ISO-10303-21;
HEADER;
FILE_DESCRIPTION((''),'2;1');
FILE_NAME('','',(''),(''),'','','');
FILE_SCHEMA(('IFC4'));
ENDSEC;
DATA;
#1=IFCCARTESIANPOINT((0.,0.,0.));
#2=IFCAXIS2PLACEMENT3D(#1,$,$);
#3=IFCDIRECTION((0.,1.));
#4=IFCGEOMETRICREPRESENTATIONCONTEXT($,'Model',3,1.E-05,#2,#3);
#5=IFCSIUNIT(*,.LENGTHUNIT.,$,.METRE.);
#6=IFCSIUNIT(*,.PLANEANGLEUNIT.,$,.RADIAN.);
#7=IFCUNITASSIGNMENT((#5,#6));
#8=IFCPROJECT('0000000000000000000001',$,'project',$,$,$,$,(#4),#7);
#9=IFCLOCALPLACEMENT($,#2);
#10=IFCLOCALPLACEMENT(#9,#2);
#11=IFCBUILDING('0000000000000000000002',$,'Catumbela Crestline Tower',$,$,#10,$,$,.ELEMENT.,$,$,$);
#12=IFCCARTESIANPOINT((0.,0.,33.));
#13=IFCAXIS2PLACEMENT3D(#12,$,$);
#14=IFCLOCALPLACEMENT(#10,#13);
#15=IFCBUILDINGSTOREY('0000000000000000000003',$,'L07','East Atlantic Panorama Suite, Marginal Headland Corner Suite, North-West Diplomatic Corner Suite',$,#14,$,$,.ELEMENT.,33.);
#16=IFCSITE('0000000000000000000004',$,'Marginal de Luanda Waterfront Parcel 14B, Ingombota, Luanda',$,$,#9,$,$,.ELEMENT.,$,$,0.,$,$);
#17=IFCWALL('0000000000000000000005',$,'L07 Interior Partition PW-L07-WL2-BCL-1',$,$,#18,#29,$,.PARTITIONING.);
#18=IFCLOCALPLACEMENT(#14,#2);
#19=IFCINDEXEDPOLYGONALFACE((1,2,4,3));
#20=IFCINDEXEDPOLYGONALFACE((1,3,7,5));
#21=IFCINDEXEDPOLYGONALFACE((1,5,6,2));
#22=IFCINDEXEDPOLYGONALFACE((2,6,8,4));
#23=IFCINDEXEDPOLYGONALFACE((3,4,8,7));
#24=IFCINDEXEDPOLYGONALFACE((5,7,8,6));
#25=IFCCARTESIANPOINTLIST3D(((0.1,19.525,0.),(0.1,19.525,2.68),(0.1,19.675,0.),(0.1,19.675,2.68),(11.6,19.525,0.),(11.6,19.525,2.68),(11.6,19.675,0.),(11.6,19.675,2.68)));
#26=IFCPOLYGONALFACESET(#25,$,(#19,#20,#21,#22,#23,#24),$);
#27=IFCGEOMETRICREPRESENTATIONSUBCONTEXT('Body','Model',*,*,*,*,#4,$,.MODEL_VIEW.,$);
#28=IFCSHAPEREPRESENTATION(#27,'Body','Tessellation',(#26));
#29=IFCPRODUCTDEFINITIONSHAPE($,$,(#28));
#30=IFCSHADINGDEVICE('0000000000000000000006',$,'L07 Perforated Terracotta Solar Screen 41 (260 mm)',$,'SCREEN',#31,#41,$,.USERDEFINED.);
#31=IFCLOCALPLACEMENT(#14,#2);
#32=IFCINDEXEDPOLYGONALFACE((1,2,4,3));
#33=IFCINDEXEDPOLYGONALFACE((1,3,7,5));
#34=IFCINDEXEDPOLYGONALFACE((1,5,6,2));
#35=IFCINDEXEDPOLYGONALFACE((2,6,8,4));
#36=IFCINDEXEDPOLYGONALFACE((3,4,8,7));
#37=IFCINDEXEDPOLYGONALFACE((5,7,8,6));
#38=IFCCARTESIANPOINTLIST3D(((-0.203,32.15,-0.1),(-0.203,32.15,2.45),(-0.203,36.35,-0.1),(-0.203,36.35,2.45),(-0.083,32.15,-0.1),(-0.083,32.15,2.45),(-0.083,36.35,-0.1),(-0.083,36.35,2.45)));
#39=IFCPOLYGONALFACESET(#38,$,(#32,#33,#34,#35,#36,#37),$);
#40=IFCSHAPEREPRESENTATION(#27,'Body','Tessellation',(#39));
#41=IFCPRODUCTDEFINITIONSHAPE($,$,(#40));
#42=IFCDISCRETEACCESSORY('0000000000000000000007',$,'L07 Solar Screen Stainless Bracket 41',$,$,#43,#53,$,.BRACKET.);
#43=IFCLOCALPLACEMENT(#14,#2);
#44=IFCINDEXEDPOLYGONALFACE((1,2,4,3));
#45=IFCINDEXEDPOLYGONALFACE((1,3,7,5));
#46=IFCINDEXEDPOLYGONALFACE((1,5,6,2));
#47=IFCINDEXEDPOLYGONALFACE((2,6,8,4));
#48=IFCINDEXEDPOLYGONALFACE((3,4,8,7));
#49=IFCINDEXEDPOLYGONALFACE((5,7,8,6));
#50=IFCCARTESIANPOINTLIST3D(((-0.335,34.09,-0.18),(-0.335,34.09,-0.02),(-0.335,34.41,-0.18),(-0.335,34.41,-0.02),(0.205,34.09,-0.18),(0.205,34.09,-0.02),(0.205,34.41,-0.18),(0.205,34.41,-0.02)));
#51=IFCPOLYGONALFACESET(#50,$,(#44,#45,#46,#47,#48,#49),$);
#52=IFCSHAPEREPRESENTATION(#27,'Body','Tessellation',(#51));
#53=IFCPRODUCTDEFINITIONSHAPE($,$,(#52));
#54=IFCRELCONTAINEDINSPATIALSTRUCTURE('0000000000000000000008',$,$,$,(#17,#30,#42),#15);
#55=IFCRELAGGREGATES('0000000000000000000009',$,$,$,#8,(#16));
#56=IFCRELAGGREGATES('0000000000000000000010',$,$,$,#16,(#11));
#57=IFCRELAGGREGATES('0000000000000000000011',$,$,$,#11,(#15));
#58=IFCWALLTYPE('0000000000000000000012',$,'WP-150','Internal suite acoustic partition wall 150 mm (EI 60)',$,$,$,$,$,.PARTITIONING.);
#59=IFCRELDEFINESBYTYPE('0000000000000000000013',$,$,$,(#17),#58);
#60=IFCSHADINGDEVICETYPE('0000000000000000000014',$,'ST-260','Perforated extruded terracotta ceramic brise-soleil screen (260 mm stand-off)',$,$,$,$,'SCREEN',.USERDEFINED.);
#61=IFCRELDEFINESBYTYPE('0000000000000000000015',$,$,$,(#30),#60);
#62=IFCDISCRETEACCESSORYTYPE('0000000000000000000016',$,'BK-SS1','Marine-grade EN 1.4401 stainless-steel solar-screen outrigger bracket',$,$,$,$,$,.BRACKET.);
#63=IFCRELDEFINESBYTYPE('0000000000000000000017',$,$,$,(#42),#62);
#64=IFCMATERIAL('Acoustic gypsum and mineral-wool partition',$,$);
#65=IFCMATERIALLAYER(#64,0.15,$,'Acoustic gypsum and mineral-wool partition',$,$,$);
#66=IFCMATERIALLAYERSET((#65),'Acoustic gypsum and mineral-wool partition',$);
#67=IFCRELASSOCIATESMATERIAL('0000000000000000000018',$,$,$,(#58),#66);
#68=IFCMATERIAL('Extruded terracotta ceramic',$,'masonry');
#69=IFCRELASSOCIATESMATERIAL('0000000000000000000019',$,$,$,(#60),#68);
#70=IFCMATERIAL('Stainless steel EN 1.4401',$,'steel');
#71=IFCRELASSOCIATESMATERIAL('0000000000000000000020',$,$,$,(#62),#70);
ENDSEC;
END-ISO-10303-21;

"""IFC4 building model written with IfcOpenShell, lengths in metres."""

from ifc_helpers import new_model, si_unit, direction, frame, frame_2d, origin, origin_2d, place, context, subcontext, project, spatial, rectangle, extrude, material, layer, layer_set, type_object, element, save


model = new_model("IFC4")

# Units and contexts
model_context = context("Model", 3, precision=1e-05, world=origin(), true_north=direction((0.0, 1.0)))
body_context = subcontext(model_context, "Body", "Model", "MODEL_VIEW")
ifc_project = project(units=[si_unit("LENGTHUNIT", "METRE"), si_unit("PLANEANGLEUNIT", "RADIAN")], contexts=[model_context])

# Site, building, storey
site_placement = place(None, origin())
site = spatial("IfcSite", under=ifc_project, at=site_placement, Name="Marginal de Luanda Waterfront Parcel 14B, Ingombota, Luanda", CompositionType="ELEMENT", RefElevation=0.0)
building_placement = place(site_placement, origin())
building = spatial("IfcBuilding", under=site, at=building_placement, Name="Catumbela Crestline Tower", CompositionType="ELEMENT")
storey_placement = place(building_placement, frame((0.0, 0.0, 33.0)))
storey = spatial("IfcBuildingStorey", under=building, at=storey_placement, Name="L07", Description="East Atlantic Panorama Suite, Marginal Headland Corner Suite, North-West Diplomatic Corner Suite", CompositionType="ELEMENT", Elevation=33.0)

# Wall
ifc_material_1 = material(Name="Acoustic gypsum and mineral-wool partition")
ifc_layer_1 = layer(ifc_material_1, 0.15, Name="Acoustic gypsum and mineral-wool partition")
ifc_layer_set_1 = layer_set([ifc_layer_1], Name="Acoustic gypsum and mineral-wool partition")
wall_type_1 = type_object("IfcWallType", Name="WP-150", Description="Internal suite acoustic partition wall 150 mm (EI 60)", PredefinedType="PARTITIONING", material=ifc_layer_set_1)
wall_1_placement = place(storey_placement, frame((0.1, 19.6, 0.0), z_axis=(0.0, 0.0, 1.0), x_axis=(1.0, 0.0, 0.0)))
element("IfcWall", 1, at=wall_1_placement, inside=storey, type_object=wall_type_1, Name="L07 Interior Partition PW-L07-WL2-BCL-1", PredefinedType="PARTITIONING", context=body_context, shape_type="SweptSolid", body=[
    extrude(rectangle(XDim=11.5, YDim=0.15, at=frame_2d((5.75, 0.0))), origin(), (0.0, 0.0, 1.0), 2.68),
])

# Shading device
ifc_material_2 = material(Name="Extruded terracotta ceramic", Category="masonry")
shading_device_type = type_object("IfcShadingDeviceType", Name="ST-260", Description="Perforated extruded terracotta ceramic brise-soleil screen (260 mm stand-off)", ElementType="SCREEN", PredefinedType="USERDEFINED", material=ifc_material_2)
shading_device_placement = place(storey_placement, frame((-0.143, 34.25, -0.1), z_axis=(0.0, 0.0, 1.0), x_axis=(0.0, -1.0, 0.0)))
element("IfcShadingDevice", 2, at=shading_device_placement, inside=storey, type_object=shading_device_type, Name="L07 Perforated Terracotta Solar Screen 41 (260 mm)", ObjectType="SCREEN", PredefinedType="USERDEFINED", context=body_context, shape_type="SweptSolid", body=[
    extrude(rectangle(XDim=4.2, YDim=0.12, at=origin_2d()), origin(), (0.0, 0.0, 1.0), 2.55),
])

# Discrete accessory
ifc_material_3 = material(Name="Stainless steel EN 1.4401", Category="steel")
discrete_accessory_type = type_object("IfcDiscreteAccessoryType", Name="BK-SS1", Description="Marine-grade EN 1.4401 stainless-steel solar-screen outrigger bracket", PredefinedType="BRACKET", material=ifc_material_3)
discrete_accessory_placement = place(storey_placement, frame((-0.065, 34.25, -0.18), z_axis=(0.0, 0.0, 1.0), x_axis=(0.0, -1.0, 0.0)))
element("IfcDiscreteAccessory", 3, at=discrete_accessory_placement, inside=storey, type_object=discrete_accessory_type, Name="L07 Solar Screen Stainless Bracket 41", PredefinedType="BRACKET", context=body_context, shape_type="SweptSolid", body=[
    extrude(rectangle(XDim=0.32, YDim=0.54, at=origin_2d()), origin(), (0.0, 0.0, 1.0), 0.16),
])

save(model, "model.ifc")
